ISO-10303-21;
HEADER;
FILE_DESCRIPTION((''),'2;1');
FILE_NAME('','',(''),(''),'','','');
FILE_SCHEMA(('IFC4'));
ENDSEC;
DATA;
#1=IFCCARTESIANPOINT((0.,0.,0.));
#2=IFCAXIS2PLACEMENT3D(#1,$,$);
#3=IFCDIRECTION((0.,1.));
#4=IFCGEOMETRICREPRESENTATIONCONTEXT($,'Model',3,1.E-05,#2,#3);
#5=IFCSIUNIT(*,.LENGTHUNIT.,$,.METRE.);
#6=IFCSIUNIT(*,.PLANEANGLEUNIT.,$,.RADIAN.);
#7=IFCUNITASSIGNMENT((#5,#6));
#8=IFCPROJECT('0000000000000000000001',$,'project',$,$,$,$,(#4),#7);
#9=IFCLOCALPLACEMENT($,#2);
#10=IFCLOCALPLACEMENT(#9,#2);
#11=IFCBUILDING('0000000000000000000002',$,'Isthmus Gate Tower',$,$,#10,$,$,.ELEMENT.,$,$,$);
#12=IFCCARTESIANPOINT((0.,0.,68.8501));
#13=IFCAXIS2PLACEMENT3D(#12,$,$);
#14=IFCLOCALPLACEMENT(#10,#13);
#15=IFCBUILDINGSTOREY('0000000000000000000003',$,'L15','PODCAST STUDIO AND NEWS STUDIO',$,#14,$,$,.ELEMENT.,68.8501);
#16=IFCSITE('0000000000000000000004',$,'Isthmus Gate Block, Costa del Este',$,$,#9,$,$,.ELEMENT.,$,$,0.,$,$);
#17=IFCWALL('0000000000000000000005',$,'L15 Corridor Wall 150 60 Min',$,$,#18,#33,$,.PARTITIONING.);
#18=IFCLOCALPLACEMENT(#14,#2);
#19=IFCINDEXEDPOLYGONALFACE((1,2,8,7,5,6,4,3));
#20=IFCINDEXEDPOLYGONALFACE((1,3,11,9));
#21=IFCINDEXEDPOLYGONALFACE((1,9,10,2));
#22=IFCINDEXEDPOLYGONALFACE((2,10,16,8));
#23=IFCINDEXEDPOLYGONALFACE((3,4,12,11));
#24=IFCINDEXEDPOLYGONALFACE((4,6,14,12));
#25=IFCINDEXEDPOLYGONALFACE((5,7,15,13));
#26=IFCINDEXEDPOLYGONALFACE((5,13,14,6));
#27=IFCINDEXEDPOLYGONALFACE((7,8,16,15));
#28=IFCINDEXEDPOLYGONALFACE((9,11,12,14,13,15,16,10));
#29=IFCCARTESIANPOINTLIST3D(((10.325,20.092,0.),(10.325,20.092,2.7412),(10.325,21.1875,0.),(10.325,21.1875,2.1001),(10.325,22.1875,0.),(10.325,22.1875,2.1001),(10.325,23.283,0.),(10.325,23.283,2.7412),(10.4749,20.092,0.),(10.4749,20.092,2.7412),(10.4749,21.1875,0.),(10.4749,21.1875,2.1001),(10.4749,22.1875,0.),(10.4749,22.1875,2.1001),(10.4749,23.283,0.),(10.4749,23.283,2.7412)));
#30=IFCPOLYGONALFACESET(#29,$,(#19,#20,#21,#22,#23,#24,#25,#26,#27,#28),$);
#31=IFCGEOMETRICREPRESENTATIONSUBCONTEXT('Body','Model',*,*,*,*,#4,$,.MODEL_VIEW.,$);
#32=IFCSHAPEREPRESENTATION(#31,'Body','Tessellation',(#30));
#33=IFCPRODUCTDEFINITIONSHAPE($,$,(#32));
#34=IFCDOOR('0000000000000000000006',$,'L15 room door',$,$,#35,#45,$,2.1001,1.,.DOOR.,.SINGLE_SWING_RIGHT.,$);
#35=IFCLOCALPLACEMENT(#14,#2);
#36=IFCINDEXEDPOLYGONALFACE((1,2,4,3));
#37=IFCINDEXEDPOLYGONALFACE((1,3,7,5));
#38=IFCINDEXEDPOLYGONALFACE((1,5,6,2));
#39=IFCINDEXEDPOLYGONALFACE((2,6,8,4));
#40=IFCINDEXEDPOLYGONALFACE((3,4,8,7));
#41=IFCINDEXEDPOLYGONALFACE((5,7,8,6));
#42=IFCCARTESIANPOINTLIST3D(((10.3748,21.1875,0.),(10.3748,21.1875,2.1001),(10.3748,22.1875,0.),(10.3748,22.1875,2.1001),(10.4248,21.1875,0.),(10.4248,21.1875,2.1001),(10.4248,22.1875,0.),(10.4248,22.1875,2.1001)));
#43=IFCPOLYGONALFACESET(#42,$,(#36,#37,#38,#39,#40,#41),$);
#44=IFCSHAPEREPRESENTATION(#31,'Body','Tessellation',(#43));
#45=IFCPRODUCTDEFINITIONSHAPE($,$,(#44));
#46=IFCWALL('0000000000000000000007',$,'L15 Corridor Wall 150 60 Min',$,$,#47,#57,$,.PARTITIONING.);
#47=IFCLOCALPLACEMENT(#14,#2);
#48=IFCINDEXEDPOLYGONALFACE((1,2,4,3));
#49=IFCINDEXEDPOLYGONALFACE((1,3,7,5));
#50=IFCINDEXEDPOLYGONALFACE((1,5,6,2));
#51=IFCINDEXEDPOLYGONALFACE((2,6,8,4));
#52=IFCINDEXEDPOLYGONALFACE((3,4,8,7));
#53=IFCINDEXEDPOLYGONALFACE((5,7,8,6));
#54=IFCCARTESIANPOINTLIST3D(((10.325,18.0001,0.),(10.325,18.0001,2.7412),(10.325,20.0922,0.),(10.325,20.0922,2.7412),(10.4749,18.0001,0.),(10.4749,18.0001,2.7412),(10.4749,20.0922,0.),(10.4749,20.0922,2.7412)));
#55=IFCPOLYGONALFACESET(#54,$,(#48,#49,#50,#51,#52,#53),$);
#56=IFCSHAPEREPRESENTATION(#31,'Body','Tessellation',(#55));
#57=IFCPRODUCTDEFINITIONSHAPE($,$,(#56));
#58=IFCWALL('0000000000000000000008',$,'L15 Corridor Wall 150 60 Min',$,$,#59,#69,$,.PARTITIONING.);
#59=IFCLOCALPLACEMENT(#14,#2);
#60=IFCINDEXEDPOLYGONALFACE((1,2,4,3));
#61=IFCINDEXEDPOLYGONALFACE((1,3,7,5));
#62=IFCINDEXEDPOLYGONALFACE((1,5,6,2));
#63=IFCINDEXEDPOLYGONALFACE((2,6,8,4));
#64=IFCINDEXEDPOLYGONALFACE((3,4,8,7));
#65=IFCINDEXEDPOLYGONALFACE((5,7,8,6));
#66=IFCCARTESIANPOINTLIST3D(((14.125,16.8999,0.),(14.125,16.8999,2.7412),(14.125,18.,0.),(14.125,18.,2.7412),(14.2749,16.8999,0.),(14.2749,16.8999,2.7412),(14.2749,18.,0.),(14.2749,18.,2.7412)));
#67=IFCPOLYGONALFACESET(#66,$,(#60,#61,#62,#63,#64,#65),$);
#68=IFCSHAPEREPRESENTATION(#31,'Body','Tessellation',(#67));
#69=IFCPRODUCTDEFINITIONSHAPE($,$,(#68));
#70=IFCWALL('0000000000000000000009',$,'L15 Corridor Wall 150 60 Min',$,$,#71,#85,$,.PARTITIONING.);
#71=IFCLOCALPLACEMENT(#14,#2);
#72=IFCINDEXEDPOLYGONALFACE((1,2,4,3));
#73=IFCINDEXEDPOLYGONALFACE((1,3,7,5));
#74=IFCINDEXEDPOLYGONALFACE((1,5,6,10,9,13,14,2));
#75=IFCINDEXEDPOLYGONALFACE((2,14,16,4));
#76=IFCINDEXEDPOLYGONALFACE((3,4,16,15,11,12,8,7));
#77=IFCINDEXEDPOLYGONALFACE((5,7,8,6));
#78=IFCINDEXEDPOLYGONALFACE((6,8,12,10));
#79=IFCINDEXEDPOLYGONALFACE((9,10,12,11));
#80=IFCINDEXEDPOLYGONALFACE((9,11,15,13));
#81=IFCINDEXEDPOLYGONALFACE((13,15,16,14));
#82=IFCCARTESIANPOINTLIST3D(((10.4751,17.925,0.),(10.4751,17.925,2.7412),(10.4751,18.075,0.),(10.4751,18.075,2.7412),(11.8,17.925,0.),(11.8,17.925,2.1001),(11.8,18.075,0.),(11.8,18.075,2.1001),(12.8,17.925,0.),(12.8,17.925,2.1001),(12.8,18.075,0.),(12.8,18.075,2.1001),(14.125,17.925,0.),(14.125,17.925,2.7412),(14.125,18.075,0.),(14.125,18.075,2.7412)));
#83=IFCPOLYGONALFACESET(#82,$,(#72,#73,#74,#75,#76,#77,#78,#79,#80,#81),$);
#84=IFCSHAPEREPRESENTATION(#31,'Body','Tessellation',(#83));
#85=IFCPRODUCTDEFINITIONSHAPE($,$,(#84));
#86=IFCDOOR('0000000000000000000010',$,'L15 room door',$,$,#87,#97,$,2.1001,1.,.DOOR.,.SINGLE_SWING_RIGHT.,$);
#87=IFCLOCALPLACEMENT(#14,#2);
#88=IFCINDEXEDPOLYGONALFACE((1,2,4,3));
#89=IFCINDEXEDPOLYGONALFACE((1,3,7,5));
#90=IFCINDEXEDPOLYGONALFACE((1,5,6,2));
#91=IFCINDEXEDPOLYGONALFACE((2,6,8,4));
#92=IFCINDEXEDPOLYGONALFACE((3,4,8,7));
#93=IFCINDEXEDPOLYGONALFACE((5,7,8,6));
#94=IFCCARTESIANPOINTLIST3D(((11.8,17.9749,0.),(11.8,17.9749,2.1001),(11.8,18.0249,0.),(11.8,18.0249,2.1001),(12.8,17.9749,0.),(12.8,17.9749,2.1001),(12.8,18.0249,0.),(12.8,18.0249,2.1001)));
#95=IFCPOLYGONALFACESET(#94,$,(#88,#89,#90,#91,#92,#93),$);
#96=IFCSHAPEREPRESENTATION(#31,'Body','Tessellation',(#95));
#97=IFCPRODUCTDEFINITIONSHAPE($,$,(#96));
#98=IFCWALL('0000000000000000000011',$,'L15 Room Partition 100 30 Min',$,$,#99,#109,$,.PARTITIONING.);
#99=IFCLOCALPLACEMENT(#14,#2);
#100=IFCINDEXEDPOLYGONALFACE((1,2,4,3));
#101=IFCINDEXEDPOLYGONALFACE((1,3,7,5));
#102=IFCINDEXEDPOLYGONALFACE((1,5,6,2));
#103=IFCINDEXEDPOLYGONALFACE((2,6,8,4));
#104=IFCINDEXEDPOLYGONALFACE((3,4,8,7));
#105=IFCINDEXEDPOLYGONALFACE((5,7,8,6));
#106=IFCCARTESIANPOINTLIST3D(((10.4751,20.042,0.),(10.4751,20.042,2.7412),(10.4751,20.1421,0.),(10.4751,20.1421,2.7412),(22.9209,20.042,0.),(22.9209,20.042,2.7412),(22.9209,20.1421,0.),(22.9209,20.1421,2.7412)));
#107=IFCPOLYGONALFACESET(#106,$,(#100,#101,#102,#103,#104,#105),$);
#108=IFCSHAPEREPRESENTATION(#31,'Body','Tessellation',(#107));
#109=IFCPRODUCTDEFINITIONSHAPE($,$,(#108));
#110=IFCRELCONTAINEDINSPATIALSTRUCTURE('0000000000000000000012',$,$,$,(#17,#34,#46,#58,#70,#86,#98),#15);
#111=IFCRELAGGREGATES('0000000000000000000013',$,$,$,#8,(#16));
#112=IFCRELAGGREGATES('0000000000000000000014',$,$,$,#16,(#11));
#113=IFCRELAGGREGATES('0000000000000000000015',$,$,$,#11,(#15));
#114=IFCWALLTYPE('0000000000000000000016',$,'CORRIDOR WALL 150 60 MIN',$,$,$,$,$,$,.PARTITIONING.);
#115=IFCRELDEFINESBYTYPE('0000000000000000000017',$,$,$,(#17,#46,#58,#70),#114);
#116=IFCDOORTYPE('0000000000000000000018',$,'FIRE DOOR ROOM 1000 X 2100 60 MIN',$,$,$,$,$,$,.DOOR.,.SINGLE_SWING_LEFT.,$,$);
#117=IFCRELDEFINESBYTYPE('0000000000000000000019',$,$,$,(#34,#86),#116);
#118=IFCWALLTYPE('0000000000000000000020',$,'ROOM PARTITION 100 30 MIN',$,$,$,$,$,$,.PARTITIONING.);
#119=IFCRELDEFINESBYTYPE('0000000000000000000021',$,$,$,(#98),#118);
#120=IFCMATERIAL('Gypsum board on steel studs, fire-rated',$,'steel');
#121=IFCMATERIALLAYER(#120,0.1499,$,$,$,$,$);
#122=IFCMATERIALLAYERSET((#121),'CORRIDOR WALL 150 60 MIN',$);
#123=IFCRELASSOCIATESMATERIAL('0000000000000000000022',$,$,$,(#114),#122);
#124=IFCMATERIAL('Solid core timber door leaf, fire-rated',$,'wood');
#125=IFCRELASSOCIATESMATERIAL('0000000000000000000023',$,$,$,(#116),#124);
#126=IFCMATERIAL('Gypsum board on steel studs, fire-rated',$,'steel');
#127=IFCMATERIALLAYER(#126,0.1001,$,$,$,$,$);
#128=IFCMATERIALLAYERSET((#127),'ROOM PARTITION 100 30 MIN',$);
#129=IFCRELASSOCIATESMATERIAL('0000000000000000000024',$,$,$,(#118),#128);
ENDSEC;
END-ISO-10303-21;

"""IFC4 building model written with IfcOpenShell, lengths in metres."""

from ifc_helpers import new_model, si_unit, direction, frame, frame_2d, origin, place, context, subcontext, project, spatial, rectangle, extrude, material, layer, layer_set, type_object, element, fill, save


model = new_model("IFC4")

# Units and contexts
model_context = context("Model", 3, precision=1e-05, world=origin(), true_north=direction((0.0, 1.0)))
body_context = subcontext(model_context, "Body", "Model", "MODEL_VIEW")
ifc_project = project(units=[si_unit("LENGTHUNIT", "METRE"), si_unit("PLANEANGLEUNIT", "RADIAN")], contexts=[model_context])

# Site, building, storey
site_placement = place(None, origin())
site = spatial("IfcSite", under=ifc_project, at=site_placement, Name="Isthmus Gate Block, Costa del Este", CompositionType="ELEMENT", RefElevation=0.0)
building_placement = place(site_placement, origin())
building = spatial("IfcBuilding", under=site, at=building_placement, Name="Isthmus Gate Tower", CompositionType="ELEMENT")
storey_placement = place(building_placement, frame((0.0, 0.0, 68.8501)))
storey = spatial("IfcBuildingStorey", under=building, at=storey_placement, Name="L15", Description="PODCAST STUDIO AND NEWS STUDIO", CompositionType="ELEMENT", Elevation=68.8501)

# Wall, opening, door
ifc_material_1 = material(Name="Gypsum board on steel studs, fire-rated", Category="steel")
ifc_layer_1 = layer(ifc_material_1, 0.1499)
ifc_layer_set_1 = layer_set([ifc_layer_1], Name="CORRIDOR WALL 150 60 MIN")
wall_type_1 = type_object("IfcWallType", Name="CORRIDOR WALL 150 60 MIN", PredefinedType="PARTITIONING", material=ifc_layer_set_1)
wall_1_placement = place(storey_placement, frame((10.3999, 23.283, 0.0), z_axis=(0.0, 0.0, 1.0), x_axis=(0.0, -1.0, 0.0)))
wall_1 = element("IfcWall", 1, at=wall_1_placement, inside=storey, type_object=wall_type_1, Name="L15 Corridor Wall 150 60 Min", PredefinedType="PARTITIONING", context=body_context, shape_type="SweptSolid", body=[
    extrude(rectangle(XDim=3.1909, YDim=0.1499, at=frame_2d((1.5955, 0.0))), origin(), (0.0, 0.0, 1.0), 2.7412),
])
opening_1_placement = place(wall_1_placement, frame((1.0955, 0.0, 0.0)))
opening_1 = element("IfcOpeningElement", 2, at=opening_1_placement, cuts=wall_1, PredefinedType="OPENING", context=body_context, shape_type="SweptSolid", body=[
    extrude(rectangle(XDim=1.0, YDim=2.1001, at=frame_2d((0.5, 1.05))), frame((0.0, 0.085, 0.0), z_axis=(0.0, -1.0, 0.0), x_axis=(1.0, 0.0, 0.0)), (0.0, 0.0, 1.0), 0.1699),
])
ifc_material_2 = material(Name="Solid core timber door leaf, fire-rated", Category="wood")
door_type_1 = type_object("IfcDoorType", Name="FIRE DOOR ROOM 1000 X 2100 60 MIN", OperationType="SINGLE_SWING_LEFT", PredefinedType="DOOR", material=ifc_material_2)
door_1_placement = place(opening_1_placement, origin())
door_1 = element("IfcDoor", 3, at=door_1_placement, inside=storey, type_object=door_type_1, Name="L15 room door", OperationType="SINGLE_SWING_RIGHT", OverallHeight=2.1001, OverallWidth=1.0, PredefinedType="DOOR", context=body_context, shape_type="SweptSolid", body=[
    extrude(rectangle(XDim=1.0, YDim=2.1001, at=frame_2d((0.5, 1.05))), frame((0.0, 0.0249, 0.0), z_axis=(0.0, -1.0, 0.0), x_axis=(1.0, 0.0, 0.0)), (0.0, 0.0, 1.0), 0.05),
])
fill(opening_1, door_1)

# Walls
wall_2_placement = place(storey_placement, frame((10.3999, 20.092, 0.0), z_axis=(0.0, 0.0, 1.0), x_axis=(0.0, -1.0, 0.0)))
element("IfcWall", 4, at=wall_2_placement, inside=storey, type_object=wall_type_1, Name="L15 Corridor Wall 150 60 Min", PredefinedType="PARTITIONING", context=body_context, shape_type="SweptSolid", body=[
    extrude(rectangle(XDim=2.092, YDim=0.1499, at=frame_2d((1.0459, 0.0))), origin(), (0.0, 0.0, 1.0), 2.7412),
])
wall_3_placement = place(storey_placement, frame((14.2, 18.0, 0.0), z_axis=(0.0, 0.0, 1.0), x_axis=(0.0, -1.0, 0.0)))
element("IfcWall", 5, at=wall_3_placement, inside=storey, type_object=wall_type_1, Name="L15 Corridor Wall 150 60 Min", PredefinedType="PARTITIONING", context=body_context, shape_type="SweptSolid", body=[
    extrude(rectangle(XDim=1.1001, YDim=0.1499, at=frame_2d((0.55, 0.0))), origin(), (0.0, 0.0, 1.0), 2.7412),
])

# Wall, opening, door
wall_4_placement = place(storey_placement, frame((10.4751, 18.0, 0.0), z_axis=(0.0, 0.0, 1.0), x_axis=(1.0, 0.0, 0.0)))
wall_4 = element("IfcWall", 6, at=wall_4_placement, inside=storey, type_object=wall_type_1, Name="L15 Corridor Wall 150 60 Min", PredefinedType="PARTITIONING", context=body_context, shape_type="SweptSolid", body=[
    extrude(rectangle(XDim=3.6499, YDim=0.1499, at=frame_2d((1.825, 0.0))), origin(), (0.0, 0.0, 1.0), 2.7412),
])
opening_2_placement = place(wall_4_placement, frame((1.325, 0.0, 0.0)))
opening_2 = element("IfcOpeningElement", 7, at=opening_2_placement, cuts=wall_4, PredefinedType="OPENING", context=body_context, shape_type="SweptSolid", body=[
    extrude(rectangle(XDim=1.0, YDim=2.1001, at=frame_2d((0.5, 1.05))), frame((0.0, 0.085, 0.0), z_axis=(0.0, -1.0, 0.0), x_axis=(1.0, 0.0, 0.0)), (0.0, 0.0, 1.0), 0.1699),
])
door_2_placement = place(opening_2_placement, origin())
door_2 = element("IfcDoor", 8, at=door_2_placement, inside=storey, type_object=door_type_1, Name="L15 room door", OperationType="SINGLE_SWING_RIGHT", OverallHeight=2.1001, OverallWidth=1.0, PredefinedType="DOOR", context=body_context, shape_type="SweptSolid", body=[
    extrude(rectangle(XDim=1.0, YDim=2.1001, at=frame_2d((0.5, 1.05))), frame((0.0, 0.0249, 0.0), z_axis=(0.0, -1.0, 0.0), x_axis=(1.0, 0.0, 0.0)), (0.0, 0.0, 1.0), 0.05),
])
fill(opening_2, door_2)

# Wall
ifc_material_3 = material(Name="Gypsum board on steel studs, fire-rated", Category="steel")
ifc_layer_2 = layer(ifc_material_3, 0.1001)
ifc_layer_set_2 = layer_set([ifc_layer_2], Name="ROOM PARTITION 100 30 MIN")
wall_type_2 = type_object("IfcWallType", Name="ROOM PARTITION 100 30 MIN", PredefinedType="PARTITIONING", material=ifc_layer_set_2)
wall_5_placement = place(storey_placement, frame((10.4751, 20.092, 0.0), z_axis=(0.0, 0.0, 1.0), x_axis=(1.0, 0.0, 0.0)))
element("IfcWall", 9, at=wall_5_placement, inside=storey, type_object=wall_type_2, Name="L15 Room Partition 100 30 Min", PredefinedType="PARTITIONING", context=body_context, shape_type="SweptSolid", body=[
    extrude(rectangle(XDim=12.4458, YDim=0.1001, at=frame_2d((6.2229, 0.0))), origin(), (0.0, 0.0, 1.0), 2.7412),
])

save(model, "model.ifc")
